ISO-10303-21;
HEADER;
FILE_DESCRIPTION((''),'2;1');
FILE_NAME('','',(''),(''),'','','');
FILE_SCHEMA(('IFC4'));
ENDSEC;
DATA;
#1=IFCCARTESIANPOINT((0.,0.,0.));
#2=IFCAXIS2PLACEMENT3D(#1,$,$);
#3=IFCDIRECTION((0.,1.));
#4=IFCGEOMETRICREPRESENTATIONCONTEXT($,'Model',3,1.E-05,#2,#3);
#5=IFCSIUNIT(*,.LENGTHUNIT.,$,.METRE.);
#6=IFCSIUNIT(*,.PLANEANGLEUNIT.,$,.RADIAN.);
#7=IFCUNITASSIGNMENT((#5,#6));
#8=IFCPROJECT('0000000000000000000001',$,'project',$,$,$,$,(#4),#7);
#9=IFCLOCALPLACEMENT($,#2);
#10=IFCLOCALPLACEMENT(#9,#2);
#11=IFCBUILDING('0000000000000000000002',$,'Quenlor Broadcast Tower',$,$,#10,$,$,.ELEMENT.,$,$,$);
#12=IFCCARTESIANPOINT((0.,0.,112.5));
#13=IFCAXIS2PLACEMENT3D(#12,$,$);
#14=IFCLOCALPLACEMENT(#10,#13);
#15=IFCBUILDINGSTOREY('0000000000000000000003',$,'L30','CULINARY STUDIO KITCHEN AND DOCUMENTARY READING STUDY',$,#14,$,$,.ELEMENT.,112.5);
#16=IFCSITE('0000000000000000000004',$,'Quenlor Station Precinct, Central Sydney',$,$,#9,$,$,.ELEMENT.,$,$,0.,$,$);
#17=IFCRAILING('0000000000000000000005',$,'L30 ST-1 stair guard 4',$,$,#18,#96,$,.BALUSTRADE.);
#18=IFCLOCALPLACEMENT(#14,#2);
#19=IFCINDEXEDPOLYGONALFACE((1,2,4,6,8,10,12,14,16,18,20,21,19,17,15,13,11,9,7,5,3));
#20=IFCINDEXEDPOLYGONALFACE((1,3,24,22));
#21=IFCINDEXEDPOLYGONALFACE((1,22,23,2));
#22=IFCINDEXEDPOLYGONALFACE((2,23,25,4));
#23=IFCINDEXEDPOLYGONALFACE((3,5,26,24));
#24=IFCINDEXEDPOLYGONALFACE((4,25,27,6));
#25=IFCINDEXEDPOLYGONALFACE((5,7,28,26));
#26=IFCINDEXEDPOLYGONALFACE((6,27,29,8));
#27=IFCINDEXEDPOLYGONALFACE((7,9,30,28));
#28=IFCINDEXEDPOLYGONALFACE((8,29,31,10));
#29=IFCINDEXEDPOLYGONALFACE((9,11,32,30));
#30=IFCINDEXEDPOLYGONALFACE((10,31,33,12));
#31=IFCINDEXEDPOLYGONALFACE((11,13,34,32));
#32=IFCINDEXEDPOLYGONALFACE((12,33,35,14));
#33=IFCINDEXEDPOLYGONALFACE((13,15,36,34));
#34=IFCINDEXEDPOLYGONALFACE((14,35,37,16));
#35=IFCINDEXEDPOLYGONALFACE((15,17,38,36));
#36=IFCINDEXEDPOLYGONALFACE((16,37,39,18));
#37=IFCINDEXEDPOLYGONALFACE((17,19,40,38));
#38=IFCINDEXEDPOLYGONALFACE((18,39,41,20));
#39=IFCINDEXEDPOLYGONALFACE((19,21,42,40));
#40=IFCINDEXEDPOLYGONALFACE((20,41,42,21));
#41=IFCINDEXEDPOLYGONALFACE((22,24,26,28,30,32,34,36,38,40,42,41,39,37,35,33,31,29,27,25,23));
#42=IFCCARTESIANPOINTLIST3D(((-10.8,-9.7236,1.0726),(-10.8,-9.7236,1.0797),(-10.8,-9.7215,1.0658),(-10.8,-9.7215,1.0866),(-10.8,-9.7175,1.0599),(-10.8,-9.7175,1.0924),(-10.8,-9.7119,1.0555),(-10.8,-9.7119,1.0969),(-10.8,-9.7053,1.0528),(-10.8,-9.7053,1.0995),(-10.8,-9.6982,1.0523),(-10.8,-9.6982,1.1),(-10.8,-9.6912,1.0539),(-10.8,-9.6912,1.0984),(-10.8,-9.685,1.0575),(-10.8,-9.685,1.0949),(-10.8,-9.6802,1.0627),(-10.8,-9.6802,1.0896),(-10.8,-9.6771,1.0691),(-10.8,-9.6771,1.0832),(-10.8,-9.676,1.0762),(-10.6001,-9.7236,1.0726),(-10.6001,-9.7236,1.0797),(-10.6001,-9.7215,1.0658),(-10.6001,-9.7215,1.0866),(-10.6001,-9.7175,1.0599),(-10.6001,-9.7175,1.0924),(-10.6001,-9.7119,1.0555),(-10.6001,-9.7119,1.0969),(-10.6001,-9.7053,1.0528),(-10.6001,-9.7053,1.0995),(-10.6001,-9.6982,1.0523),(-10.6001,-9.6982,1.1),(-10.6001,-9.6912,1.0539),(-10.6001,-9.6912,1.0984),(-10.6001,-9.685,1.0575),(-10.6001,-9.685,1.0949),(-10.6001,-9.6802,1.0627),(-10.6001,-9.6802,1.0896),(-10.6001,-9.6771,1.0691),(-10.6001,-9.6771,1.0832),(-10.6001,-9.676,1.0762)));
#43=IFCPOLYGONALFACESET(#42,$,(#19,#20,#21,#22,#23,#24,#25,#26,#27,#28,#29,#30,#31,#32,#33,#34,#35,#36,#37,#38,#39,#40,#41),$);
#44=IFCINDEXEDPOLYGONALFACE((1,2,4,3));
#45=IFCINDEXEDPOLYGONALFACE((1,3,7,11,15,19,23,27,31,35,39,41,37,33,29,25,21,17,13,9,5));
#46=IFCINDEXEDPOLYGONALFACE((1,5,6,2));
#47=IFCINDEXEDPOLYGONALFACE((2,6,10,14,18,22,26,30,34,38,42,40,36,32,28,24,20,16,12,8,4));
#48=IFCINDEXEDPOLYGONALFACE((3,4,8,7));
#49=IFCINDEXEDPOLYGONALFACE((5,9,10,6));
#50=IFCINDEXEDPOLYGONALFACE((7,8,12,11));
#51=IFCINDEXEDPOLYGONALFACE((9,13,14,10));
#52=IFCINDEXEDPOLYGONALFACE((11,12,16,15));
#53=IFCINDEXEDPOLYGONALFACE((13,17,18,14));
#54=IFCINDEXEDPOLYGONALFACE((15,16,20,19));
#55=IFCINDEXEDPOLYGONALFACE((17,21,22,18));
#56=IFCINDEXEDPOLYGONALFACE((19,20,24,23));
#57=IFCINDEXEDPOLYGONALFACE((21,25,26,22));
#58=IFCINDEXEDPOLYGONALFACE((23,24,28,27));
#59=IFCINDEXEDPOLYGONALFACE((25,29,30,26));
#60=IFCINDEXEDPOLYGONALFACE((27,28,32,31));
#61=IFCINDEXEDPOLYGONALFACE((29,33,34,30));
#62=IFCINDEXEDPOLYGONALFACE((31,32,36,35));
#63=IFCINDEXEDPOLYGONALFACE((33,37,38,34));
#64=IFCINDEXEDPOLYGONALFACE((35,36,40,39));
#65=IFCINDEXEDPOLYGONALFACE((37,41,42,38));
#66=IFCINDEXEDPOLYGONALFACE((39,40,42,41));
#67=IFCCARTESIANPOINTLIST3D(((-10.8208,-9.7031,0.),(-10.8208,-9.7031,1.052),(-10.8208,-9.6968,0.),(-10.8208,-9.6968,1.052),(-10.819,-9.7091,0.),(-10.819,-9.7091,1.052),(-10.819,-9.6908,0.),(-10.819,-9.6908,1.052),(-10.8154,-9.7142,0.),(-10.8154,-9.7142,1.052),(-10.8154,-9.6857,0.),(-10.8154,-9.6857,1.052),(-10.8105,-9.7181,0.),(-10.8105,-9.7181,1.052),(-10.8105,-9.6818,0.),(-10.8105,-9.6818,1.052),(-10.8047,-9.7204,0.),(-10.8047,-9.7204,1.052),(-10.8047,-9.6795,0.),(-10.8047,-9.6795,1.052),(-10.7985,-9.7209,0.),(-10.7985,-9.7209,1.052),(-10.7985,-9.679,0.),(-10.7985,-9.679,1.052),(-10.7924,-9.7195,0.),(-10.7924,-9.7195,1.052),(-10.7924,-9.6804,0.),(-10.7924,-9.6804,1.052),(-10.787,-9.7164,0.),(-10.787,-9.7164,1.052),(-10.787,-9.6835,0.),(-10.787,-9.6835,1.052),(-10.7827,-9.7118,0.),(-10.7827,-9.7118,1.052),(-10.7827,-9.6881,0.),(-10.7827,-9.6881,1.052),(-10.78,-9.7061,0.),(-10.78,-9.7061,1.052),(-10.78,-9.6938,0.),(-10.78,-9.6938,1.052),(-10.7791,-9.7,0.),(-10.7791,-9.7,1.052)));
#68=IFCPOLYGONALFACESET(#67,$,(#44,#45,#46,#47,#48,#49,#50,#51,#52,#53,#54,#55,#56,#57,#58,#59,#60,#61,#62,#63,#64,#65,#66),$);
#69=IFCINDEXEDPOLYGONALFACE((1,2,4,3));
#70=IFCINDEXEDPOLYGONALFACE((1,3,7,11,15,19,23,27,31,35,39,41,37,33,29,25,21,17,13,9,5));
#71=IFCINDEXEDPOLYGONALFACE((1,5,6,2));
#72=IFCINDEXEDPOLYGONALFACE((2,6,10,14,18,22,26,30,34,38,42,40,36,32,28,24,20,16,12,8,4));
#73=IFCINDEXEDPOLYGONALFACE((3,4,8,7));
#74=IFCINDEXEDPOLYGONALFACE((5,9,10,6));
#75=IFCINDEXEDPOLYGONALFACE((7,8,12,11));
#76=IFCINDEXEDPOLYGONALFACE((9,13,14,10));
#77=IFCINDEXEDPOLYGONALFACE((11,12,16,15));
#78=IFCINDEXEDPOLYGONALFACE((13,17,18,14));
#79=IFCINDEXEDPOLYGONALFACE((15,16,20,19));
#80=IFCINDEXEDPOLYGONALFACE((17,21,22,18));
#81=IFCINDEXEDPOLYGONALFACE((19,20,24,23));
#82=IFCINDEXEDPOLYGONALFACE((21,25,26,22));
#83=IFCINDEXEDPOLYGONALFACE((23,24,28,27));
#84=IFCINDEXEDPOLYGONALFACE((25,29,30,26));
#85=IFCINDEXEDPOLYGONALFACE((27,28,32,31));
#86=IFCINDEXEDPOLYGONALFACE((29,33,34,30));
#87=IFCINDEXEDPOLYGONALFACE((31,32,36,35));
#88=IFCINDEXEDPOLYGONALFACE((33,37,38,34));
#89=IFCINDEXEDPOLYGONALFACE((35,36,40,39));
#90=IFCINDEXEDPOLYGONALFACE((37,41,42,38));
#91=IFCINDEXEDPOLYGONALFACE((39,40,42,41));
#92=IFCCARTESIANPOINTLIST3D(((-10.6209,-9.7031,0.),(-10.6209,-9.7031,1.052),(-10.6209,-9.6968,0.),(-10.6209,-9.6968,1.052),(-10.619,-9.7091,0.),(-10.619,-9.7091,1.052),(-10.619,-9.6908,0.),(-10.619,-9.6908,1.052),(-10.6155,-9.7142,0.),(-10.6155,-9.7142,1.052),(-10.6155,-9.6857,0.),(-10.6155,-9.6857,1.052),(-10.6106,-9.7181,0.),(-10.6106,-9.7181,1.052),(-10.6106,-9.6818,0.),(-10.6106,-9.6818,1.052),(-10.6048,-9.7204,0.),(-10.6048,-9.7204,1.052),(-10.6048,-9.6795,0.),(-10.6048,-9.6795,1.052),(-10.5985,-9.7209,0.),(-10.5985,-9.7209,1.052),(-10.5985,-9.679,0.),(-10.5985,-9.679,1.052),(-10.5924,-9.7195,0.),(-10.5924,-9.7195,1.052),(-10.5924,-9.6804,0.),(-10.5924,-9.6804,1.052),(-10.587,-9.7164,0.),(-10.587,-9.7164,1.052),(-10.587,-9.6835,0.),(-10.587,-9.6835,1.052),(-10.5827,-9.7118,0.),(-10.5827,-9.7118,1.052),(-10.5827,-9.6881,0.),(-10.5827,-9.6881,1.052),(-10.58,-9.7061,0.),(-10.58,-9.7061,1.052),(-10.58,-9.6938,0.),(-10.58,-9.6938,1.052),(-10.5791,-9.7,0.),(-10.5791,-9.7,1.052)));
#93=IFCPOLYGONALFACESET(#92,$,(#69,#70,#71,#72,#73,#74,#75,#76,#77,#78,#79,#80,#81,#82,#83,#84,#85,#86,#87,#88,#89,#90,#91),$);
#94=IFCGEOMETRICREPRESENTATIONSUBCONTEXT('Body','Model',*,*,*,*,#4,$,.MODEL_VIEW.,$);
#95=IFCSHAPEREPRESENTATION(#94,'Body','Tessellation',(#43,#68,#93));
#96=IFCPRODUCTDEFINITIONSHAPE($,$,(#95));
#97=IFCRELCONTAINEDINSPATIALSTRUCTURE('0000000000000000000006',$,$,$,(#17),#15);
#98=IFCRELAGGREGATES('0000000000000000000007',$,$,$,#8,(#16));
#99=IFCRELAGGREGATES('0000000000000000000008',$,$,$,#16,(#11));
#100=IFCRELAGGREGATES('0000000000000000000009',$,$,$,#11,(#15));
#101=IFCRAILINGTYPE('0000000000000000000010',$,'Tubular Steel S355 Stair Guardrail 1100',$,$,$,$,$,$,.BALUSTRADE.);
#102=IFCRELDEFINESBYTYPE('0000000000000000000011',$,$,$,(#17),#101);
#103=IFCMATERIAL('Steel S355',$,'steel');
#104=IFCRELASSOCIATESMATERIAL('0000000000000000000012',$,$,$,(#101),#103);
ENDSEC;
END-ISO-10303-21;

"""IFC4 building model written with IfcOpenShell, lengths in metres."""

from ifc_helpers import new_model, si_unit, direction, frame, origin, origin_2d, place, context, subcontext, project, spatial, circle, extrude, material, type_object, element, save


model = new_model("IFC4")

# Units and contexts
model_context = context("Model", 3, precision=1e-05, world=origin(), true_north=direction((0.0, 1.0)))
body_context = subcontext(model_context, "Body", "Model", "MODEL_VIEW")
ifc_project = project(units=[si_unit("LENGTHUNIT", "METRE"), si_unit("PLANEANGLEUNIT", "RADIAN")], contexts=[model_context])

# Site, building, storey
site_placement = place(None, origin())
site = spatial("IfcSite", under=ifc_project, at=site_placement, Name="Quenlor Station Precinct, Central Sydney", CompositionType="ELEMENT", RefElevation=0.0)
building_placement = place(site_placement, origin())
building = spatial("IfcBuilding", under=site, at=building_placement, Name="Quenlor Broadcast Tower", CompositionType="ELEMENT")
storey_placement = place(building_placement, frame((0.0, 0.0, 112.5)))
storey = spatial("IfcBuildingStorey", under=building, at=storey_placement, Name="L30", Description="CULINARY STUDIO KITCHEN AND DOCUMENTARY READING STUDY", CompositionType="ELEMENT", Elevation=112.5)

# Railing
ifc_material_1 = material(Name="Steel S355", Category="steel")
railing_type_1 = type_object("IfcRailingType", Name="Tubular Steel S355 Stair Guardrail 1100", PredefinedType="BALUSTRADE", material=ifc_material_1)
railing_1_placement = place(storey_placement, frame((-10.8, -9.7, 0.0)))
element("IfcRailing", 1, at=railing_1_placement, inside=storey, type_object=railing_type_1, Name="L30 ST-1 stair guard 4", PredefinedType="BALUSTRADE", context=body_context, shape_type="SweptSolid", body=[
    extrude(circle(Radius=0.0239, at=origin_2d()), frame((0.0, 0.0, 1.0762), z_axis=(1.0, 0.0, 0.0), x_axis=(0.0, 1.0, 0.0)), (0.0, 0.0, 1.0), 0.2),
    extrude(circle(Radius=0.021, at=origin_2d()), origin(), (0.0, 0.0, 1.0), 1.052),
    extrude(circle(Radius=0.021, at=origin_2d()), frame((0.2, 0.0, 0.0)), (0.0, 0.0, 1.0), 1.052),
])

save(model, "model.ifc")
